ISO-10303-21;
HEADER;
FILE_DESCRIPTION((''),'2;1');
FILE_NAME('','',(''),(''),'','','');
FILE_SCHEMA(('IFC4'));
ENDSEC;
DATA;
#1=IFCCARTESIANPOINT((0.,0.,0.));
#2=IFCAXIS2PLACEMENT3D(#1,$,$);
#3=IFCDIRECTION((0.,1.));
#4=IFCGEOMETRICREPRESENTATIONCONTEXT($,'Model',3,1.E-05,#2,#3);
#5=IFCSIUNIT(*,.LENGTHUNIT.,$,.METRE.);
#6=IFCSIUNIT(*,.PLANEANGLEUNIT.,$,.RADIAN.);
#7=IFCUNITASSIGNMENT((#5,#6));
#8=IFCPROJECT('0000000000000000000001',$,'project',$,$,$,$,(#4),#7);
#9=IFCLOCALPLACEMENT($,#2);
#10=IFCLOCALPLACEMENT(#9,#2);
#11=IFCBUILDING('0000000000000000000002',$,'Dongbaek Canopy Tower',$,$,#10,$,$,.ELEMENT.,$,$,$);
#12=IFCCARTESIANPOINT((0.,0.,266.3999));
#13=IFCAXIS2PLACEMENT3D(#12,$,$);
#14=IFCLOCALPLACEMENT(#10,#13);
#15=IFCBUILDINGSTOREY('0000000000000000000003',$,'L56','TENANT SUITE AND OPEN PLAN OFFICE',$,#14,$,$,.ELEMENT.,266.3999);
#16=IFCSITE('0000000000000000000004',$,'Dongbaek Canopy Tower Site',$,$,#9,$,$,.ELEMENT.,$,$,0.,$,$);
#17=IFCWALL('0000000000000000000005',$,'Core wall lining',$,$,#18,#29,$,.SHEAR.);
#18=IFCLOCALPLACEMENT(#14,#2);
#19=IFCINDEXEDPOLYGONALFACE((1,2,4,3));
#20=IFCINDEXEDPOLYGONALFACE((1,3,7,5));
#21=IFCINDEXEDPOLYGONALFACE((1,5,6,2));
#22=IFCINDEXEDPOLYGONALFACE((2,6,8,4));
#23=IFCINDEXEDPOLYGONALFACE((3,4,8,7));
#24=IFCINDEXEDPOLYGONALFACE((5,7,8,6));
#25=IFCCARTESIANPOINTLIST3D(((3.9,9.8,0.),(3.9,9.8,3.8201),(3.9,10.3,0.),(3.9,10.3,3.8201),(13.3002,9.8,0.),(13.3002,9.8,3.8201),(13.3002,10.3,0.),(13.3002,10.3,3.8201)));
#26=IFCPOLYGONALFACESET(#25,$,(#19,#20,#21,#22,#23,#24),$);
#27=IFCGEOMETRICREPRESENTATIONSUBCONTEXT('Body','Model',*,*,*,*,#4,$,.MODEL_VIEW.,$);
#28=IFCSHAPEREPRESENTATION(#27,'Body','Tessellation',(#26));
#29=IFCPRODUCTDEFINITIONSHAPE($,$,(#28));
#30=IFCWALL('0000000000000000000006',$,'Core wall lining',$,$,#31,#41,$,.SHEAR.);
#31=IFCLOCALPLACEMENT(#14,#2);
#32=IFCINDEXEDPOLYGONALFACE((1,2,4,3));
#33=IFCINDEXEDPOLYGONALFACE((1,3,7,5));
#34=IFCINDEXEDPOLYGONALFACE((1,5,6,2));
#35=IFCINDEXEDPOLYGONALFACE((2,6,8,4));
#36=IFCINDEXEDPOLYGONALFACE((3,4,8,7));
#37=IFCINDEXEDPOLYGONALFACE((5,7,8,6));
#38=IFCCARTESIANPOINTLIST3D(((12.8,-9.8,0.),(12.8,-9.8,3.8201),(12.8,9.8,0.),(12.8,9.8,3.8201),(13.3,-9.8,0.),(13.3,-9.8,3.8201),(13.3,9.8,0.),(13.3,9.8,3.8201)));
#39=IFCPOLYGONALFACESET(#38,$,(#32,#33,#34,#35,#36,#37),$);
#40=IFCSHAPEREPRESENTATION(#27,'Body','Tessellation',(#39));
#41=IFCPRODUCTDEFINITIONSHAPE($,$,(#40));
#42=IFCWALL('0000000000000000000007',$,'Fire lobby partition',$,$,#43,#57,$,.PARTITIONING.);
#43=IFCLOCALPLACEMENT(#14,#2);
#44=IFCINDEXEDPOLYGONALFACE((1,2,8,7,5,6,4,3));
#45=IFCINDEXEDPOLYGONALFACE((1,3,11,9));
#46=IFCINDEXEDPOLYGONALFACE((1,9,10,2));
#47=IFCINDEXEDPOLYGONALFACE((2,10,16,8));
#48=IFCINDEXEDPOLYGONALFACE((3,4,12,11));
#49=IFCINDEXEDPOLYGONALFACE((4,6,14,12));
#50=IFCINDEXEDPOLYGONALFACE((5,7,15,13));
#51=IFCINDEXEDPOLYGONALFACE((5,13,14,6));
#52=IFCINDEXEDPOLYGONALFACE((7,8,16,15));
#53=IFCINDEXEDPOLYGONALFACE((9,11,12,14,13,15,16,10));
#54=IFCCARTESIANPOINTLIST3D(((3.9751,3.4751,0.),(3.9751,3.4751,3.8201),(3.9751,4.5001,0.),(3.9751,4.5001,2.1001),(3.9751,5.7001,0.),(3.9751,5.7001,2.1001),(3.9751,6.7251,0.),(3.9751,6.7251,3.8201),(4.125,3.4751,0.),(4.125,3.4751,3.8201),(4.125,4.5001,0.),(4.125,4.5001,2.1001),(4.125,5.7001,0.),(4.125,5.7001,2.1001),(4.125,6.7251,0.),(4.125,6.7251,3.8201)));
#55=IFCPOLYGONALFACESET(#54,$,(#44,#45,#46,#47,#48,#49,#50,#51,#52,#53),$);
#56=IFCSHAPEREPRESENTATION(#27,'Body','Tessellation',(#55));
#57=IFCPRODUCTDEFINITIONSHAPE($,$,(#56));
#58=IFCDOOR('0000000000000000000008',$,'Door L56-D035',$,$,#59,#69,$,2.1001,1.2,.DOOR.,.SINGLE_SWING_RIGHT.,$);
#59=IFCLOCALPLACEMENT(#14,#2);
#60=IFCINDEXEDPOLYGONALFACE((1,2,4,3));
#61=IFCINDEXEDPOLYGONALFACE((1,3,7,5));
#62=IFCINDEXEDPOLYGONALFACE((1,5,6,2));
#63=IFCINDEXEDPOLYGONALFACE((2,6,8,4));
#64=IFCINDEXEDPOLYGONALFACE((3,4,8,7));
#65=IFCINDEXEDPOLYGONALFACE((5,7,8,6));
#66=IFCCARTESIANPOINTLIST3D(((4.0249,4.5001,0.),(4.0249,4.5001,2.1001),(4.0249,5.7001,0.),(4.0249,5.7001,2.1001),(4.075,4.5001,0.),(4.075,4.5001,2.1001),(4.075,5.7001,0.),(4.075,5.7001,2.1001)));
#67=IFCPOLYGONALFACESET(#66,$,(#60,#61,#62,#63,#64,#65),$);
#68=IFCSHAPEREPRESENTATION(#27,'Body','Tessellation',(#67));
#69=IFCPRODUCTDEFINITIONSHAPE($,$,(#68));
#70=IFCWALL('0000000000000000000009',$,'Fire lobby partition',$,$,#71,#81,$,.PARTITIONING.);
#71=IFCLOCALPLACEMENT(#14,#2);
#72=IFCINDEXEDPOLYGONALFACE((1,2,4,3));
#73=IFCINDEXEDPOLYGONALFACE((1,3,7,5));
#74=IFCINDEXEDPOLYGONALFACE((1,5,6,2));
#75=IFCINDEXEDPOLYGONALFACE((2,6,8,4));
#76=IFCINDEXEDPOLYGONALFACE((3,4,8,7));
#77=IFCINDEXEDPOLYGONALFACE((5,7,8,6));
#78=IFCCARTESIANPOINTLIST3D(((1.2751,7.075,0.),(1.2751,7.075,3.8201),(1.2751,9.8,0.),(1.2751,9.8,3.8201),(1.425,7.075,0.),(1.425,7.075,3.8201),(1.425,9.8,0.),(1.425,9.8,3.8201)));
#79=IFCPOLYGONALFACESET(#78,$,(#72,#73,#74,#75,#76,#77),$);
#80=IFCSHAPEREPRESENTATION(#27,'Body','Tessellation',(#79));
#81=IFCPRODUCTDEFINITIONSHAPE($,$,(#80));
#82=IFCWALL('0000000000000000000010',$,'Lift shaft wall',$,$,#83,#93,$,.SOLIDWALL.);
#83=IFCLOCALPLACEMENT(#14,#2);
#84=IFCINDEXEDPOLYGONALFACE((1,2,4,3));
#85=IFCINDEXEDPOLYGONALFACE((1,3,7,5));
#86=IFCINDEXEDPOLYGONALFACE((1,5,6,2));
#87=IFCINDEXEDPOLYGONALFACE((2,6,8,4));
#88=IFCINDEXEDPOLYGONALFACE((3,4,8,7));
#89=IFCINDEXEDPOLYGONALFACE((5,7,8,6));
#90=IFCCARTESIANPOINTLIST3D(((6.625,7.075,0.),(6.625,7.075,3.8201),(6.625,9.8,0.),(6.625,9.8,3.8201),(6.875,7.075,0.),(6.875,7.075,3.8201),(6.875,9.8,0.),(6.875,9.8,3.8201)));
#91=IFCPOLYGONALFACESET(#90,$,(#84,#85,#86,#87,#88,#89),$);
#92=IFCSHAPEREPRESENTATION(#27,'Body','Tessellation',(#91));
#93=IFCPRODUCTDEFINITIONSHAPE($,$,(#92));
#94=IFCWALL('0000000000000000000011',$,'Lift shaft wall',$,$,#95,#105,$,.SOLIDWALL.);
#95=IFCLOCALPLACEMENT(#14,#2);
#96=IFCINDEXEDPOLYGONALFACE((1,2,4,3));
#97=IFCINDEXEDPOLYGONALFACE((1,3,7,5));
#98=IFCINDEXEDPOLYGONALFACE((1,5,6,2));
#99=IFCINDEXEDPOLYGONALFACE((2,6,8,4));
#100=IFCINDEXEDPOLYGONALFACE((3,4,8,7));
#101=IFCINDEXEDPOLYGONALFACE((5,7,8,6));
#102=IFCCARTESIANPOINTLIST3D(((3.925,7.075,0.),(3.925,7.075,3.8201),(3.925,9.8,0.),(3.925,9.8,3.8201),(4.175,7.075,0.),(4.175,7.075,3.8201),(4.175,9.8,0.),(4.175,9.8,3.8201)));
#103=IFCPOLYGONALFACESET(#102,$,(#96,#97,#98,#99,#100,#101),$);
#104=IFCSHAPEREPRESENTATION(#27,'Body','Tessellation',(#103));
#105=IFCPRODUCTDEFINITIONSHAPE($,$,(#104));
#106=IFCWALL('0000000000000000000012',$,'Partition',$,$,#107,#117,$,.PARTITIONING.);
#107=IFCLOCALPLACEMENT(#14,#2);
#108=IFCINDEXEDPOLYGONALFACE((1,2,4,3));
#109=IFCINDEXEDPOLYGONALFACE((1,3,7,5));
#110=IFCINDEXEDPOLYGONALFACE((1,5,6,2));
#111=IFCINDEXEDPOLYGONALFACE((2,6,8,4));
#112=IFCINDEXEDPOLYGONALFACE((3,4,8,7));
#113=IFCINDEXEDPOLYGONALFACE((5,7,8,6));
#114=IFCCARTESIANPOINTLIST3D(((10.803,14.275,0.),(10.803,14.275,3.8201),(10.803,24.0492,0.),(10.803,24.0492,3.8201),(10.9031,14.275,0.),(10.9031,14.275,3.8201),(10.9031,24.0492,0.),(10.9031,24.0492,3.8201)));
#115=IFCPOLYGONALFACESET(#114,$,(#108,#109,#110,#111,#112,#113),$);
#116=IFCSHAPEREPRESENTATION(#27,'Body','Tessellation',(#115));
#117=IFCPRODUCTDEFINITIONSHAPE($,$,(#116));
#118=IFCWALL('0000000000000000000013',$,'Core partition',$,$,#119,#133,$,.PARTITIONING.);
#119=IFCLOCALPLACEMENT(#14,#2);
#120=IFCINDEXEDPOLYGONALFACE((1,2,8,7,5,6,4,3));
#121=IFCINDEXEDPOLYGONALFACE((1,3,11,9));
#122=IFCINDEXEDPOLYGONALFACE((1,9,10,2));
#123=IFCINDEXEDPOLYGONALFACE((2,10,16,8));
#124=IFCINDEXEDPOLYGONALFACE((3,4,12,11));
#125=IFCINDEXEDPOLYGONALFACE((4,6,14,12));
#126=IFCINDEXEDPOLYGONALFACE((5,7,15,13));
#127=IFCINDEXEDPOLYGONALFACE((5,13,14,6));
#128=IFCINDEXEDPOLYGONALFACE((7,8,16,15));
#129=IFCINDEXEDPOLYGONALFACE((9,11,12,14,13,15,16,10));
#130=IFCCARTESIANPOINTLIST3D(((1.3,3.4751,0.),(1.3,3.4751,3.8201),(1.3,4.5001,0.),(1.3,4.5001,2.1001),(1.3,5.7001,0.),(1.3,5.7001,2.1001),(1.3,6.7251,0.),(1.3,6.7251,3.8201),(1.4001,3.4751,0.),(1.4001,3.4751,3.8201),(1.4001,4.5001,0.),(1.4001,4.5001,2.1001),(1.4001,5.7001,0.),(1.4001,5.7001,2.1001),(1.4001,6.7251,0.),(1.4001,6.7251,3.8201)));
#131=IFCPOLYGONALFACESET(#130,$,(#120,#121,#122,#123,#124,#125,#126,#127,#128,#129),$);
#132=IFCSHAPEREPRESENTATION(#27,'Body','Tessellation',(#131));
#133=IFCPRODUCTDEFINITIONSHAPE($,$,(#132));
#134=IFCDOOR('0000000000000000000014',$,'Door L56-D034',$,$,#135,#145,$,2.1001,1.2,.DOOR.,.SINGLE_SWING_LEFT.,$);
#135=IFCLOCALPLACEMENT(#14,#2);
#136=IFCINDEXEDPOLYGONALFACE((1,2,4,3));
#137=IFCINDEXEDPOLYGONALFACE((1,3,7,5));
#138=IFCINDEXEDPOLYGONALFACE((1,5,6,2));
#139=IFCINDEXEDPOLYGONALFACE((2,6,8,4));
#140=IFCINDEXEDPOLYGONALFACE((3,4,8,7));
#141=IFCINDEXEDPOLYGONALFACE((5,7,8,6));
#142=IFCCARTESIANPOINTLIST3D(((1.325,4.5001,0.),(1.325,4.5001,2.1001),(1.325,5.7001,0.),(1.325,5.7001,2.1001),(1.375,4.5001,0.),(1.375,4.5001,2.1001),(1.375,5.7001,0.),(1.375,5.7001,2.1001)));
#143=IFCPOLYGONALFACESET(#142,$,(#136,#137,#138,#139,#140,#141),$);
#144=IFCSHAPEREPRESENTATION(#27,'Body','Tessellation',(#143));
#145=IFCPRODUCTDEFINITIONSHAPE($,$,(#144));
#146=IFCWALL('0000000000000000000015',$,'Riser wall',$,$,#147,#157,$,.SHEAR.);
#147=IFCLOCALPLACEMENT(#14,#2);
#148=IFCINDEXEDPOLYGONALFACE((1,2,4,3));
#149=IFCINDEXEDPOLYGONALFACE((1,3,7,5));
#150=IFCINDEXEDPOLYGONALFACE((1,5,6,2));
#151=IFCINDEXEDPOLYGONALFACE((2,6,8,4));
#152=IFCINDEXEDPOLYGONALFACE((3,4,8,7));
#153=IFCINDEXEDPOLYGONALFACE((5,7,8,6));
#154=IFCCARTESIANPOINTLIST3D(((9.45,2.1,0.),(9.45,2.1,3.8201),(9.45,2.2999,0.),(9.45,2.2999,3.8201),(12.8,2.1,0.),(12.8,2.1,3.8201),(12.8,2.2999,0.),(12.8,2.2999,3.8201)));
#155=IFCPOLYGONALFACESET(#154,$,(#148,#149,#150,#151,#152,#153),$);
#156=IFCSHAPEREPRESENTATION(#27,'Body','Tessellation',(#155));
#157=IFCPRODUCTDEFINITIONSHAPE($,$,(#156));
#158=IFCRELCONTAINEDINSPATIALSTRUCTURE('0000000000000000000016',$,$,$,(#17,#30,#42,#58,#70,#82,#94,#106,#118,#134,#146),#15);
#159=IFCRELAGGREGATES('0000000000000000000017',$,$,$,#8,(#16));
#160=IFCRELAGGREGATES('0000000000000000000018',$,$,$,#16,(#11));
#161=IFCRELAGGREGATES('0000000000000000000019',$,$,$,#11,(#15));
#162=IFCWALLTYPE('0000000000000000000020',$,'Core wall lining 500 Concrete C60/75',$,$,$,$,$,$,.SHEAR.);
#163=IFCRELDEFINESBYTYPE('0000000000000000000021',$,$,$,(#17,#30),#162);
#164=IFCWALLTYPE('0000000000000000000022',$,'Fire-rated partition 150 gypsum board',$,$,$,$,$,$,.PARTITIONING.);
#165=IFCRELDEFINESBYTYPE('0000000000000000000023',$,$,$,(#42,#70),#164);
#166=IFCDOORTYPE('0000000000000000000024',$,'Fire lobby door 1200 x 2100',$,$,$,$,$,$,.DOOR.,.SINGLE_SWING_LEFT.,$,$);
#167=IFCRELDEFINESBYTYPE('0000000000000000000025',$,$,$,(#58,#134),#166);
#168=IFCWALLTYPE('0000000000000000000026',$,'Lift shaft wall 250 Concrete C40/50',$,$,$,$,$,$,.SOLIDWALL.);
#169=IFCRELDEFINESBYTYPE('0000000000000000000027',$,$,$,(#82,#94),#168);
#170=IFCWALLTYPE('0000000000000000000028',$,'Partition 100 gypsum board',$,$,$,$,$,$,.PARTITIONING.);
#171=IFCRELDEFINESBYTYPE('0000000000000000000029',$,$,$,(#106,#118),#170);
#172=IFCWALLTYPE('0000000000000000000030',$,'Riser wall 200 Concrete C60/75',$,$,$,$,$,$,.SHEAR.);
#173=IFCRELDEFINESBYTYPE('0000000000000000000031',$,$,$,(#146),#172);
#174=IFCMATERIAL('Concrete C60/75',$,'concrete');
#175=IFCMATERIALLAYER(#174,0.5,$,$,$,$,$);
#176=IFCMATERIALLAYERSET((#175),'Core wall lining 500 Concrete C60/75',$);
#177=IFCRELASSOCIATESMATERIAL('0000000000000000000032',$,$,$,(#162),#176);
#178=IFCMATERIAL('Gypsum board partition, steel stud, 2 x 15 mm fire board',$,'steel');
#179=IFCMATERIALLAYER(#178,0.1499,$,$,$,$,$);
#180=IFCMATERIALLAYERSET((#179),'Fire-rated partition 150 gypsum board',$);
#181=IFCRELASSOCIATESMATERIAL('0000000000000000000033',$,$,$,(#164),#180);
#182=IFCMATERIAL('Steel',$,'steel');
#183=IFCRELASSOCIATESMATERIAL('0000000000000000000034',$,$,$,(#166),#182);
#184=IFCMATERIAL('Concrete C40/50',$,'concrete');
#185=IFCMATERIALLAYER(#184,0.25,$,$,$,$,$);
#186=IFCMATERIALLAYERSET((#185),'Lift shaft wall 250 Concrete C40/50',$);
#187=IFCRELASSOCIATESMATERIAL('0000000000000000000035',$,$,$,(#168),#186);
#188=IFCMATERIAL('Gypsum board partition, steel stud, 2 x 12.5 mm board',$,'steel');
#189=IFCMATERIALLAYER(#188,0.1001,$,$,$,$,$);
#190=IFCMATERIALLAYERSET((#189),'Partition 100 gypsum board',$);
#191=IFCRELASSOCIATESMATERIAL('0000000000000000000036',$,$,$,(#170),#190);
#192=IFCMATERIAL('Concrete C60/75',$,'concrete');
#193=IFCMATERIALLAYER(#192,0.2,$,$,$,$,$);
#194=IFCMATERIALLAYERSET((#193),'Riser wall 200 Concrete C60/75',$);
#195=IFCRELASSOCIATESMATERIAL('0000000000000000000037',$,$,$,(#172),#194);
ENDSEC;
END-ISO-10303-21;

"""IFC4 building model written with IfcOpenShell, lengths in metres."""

from ifc_helpers import new_model, si_unit, direction, frame, frame_2d, origin, place, context, subcontext, project, spatial, rectangle, extrude, material, layer, layer_set, type_object, element, fill, save


model = new_model("IFC4")

# Units and contexts
model_context = context("Model", 3, precision=1e-05, world=origin(), true_north=direction((0.0, 1.0)))
body_context = subcontext(model_context, "Body", "Model", "MODEL_VIEW")
ifc_project = project(units=[si_unit("LENGTHUNIT", "METRE"), si_unit("PLANEANGLEUNIT", "RADIAN")], contexts=[model_context])

# Site, building, storey
site_placement = place(None, origin())
site = spatial("IfcSite", under=ifc_project, at=site_placement, Name="Dongbaek Canopy Tower Site", CompositionType="ELEMENT", RefElevation=0.0)
building_placement = place(site_placement, origin())
building = spatial("IfcBuilding", under=site, at=building_placement, Name="Dongbaek Canopy Tower", CompositionType="ELEMENT")
storey_placement = place(building_placement, frame((0.0, 0.0, 266.3999)))
storey = spatial("IfcBuildingStorey", under=building, at=storey_placement, Name="L56", Description="TENANT SUITE AND OPEN PLAN OFFICE", CompositionType="ELEMENT", Elevation=266.3999)

# Walls
ifc_material_1 = material(Name="Concrete C60/75", Category="concrete")
ifc_layer_1 = layer(ifc_material_1, 0.5)
ifc_layer_set_1 = layer_set([ifc_layer_1], Name="Core wall lining 500 Concrete C60/75")
wall_type_1 = type_object("IfcWallType", Name="Core wall lining 500 Concrete C60/75", PredefinedType="SHEAR", material=ifc_layer_set_1)
wall_1_placement = place(storey_placement, frame((3.8999, 10.05, 0.0), z_axis=(0.0, 0.0, 1.0), x_axis=(1.0, 0.0, 0.0)))
element("IfcWall", 1, at=wall_1_placement, inside=storey, type_object=wall_type_1, Name="Core wall lining", PredefinedType="SHEAR", context=body_context, shape_type="SweptSolid", body=[
    extrude(rectangle(XDim=9.4001, YDim=0.5, at=frame_2d((4.7002, 0.0))), origin(), (0.0, 0.0, 1.0), 3.8201),
])
wall_2_placement = place(storey_placement, frame((13.05, 9.8, 0.0), z_axis=(0.0, 0.0, 1.0), x_axis=(0.0, -1.0, 0.0)))
element("IfcWall", 2, at=wall_2_placement, inside=storey, type_object=wall_type_1, Name="Core wall lining", PredefinedType="SHEAR", context=body_context, shape_type="SweptSolid", body=[
    extrude(rectangle(XDim=19.6001, YDim=0.5, at=frame_2d((9.8, 0.0))), origin(), (0.0, 0.0, 1.0), 3.8201),
])

# Wall, opening, door
ifc_material_2 = material(Name="Gypsum board partition, steel stud, 2 x 15 mm fire board", Category="steel")
ifc_layer_2 = layer(ifc_material_2, 0.1499)
ifc_layer_set_2 = layer_set([ifc_layer_2], Name="Fire-rated partition 150 gypsum board")
wall_type_2 = type_object("IfcWallType", Name="Fire-rated partition 150 gypsum board", PredefinedType="PARTITIONING", material=ifc_layer_set_2)
wall_3_placement = place(storey_placement, frame((4.05, 6.7251, 0.0), z_axis=(0.0, 0.0, 1.0), x_axis=(0.0, -1.0, 0.0)))
wall_3 = element("IfcWall", 3, at=wall_3_placement, inside=storey, type_object=wall_type_2, Name="Fire lobby partition", PredefinedType="PARTITIONING", context=body_context, shape_type="SweptSolid", body=[
    extrude(rectangle(XDim=3.25, YDim=0.1499, at=frame_2d((1.625, 0.0))), origin(), (0.0, 0.0, 1.0), 3.8201),
])
opening_1_placement = place(wall_3_placement, frame((1.0249, 0.0, 0.0)))
opening_1 = element("IfcOpeningElement", 4, at=opening_1_placement, cuts=wall_3, PredefinedType="OPENING", context=body_context, shape_type="SweptSolid", body=[
    extrude(rectangle(XDim=1.2, YDim=2.1001, at=frame_2d((0.6001, 1.05))), frame((0.0, 0.085, 0.0), z_axis=(0.0, -1.0, 0.0), x_axis=(1.0, 0.0, 0.0)), (0.0, 0.0, 1.0), 0.1699),
])
ifc_material_3 = material(Name="Steel", Category="steel")
door_type_1 = type_object("IfcDoorType", Name="Fire lobby door 1200 x 2100", OperationType="SINGLE_SWING_LEFT", PredefinedType="DOOR", material=ifc_material_3)
door_1_placement = place(opening_1_placement, origin())
door_1 = element("IfcDoor", 5, at=door_1_placement, inside=storey, type_object=door_type_1, Name="Door L56-D035", OperationType="SINGLE_SWING_RIGHT", OverallHeight=2.1001, OverallWidth=1.2, PredefinedType="DOOR", context=body_context, shape_type="SweptSolid", body=[
    extrude(rectangle(XDim=1.2, YDim=2.1001, at=frame_2d((0.6001, 1.05))), frame((0.0, 0.0249, 0.0), z_axis=(0.0, -1.0, 0.0), x_axis=(1.0, 0.0, 0.0)), (0.0, 0.0, 1.0), 0.05),
])
fill(opening_1, door_1)

# Walls
wall_4_placement = place(storey_placement, frame((1.3501, 7.075, 0.0), z_axis=(0.0, 0.0, 1.0), x_axis=(0.0, 1.0, 0.0)))
element("IfcWall", 6, at=wall_4_placement, inside=storey, type_object=wall_type_2, Name="Fire lobby partition", PredefinedType="PARTITIONING", context=body_context, shape_type="SweptSolid", body=[
    extrude(rectangle(XDim=2.7251, YDim=0.1499, at=frame_2d((1.3625, 0.0))), origin(), (0.0, 0.0, 1.0), 3.8201),
])
ifc_material_4 = material(Name="Concrete C40/50", Category="concrete")
ifc_layer_3 = layer(ifc_material_4, 0.25)
ifc_layer_set_3 = layer_set([ifc_layer_3], Name="Lift shaft wall 250 Concrete C40/50")
wall_type_3 = type_object("IfcWallType", Name="Lift shaft wall 250 Concrete C40/50", PredefinedType="SOLIDWALL", material=ifc_layer_set_3)
for number, where, z_axis, x_axis, name in (
    (7, (6.75, 7.075, 0.0), (0.0, 0.0, 1.0), (0.0, 1.0, 0.0), "Lift shaft wall"),
    (8, (4.05, 7.075, 0.0), (0.0, 0.0, 1.0), (0.0, 1.0, 0.0), "Lift shaft wall"),
):
    element("IfcWall", number, at=place(storey_placement, frame(where, z_axis=z_axis, x_axis=x_axis)), inside=storey, type_object=wall_type_3, Name=name, PredefinedType="SOLIDWALL", context=body_context, shape_type="SweptSolid", body=[
        extrude(rectangle(XDim=2.7251, YDim=0.25, at=frame_2d((1.3625, 0.0))), origin(), (0.0, 0.0, 1.0), 3.8201),
    ])
ifc_material_5 = material(Name="Gypsum board partition, steel stud, 2 x 12.5 mm board", Category="steel")
ifc_layer_4 = layer(ifc_material_5, 0.1001)
ifc_layer_set_4 = layer_set([ifc_layer_4], Name="Partition 100 gypsum board")
wall_type_4 = type_object("IfcWallType", Name="Partition 100 gypsum board", PredefinedType="PARTITIONING", material=ifc_layer_set_4)
wall_5_placement = place(storey_placement, frame((10.853, 14.2749, 0.0), z_axis=(0.0, 0.0, 1.0), x_axis=(0.0, 1.0, 0.0)))
element("IfcWall", 9, at=wall_5_placement, inside=storey, type_object=wall_type_4, Name="Partition", PredefinedType="PARTITIONING", context=body_context, shape_type="SweptSolid", body=[
    extrude(rectangle(XDim=9.7742, YDim=0.1001, at=frame_2d((4.8872, 0.0))), origin(), (0.0, 0.0, 1.0), 3.8201),
])

# Wall, opening, door
wall_6_placement = place(storey_placement, frame((1.3501, 6.7251, 0.0), z_axis=(0.0, 0.0, 1.0), x_axis=(0.0, -1.0, 0.0)))
wall_6 = element("IfcWall", 10, at=wall_6_placement, inside=storey, type_object=wall_type_4, Name="Core partition", PredefinedType="PARTITIONING", context=body_context, shape_type="SweptSolid", body=[
    extrude(rectangle(XDim=3.25, YDim=0.1001, at=frame_2d((1.625, 0.0))), origin(), (0.0, 0.0, 1.0), 3.8201),
])
opening_2_placement = place(wall_6_placement, frame((1.0249, 0.0, 0.0)))
opening_2 = element("IfcOpeningElement", 11, at=opening_2_placement, cuts=wall_6, PredefinedType="OPENING", context=body_context, shape_type="SweptSolid", body=[
    extrude(rectangle(XDim=1.2, YDim=2.1001, at=frame_2d((0.6001, 1.05))), frame((0.0, 0.0601, 0.0), z_axis=(0.0, -1.0, 0.0), x_axis=(1.0, 0.0, 0.0)), (0.0, 0.0, 1.0), 0.1201),
])
door_2_placement = place(opening_2_placement, origin())
door_2 = element("IfcDoor", 12, at=door_2_placement, inside=storey, type_object=door_type_1, Name="Door L56-D034", OperationType="SINGLE_SWING_LEFT", OverallHeight=2.1001, OverallWidth=1.2, PredefinedType="DOOR", context=body_context, shape_type="SweptSolid", body=[
    extrude(rectangle(XDim=1.2, YDim=2.1001, at=frame_2d((0.6001, 1.05))), frame((0.0, 0.0249, 0.0), z_axis=(0.0, -1.0, 0.0), x_axis=(1.0, 0.0, 0.0)), (0.0, 0.0, 1.0), 0.05),
])
fill(opening_2, door_2)

# Wall
ifc_material_6 = material(Name="Concrete C60/75", Category="concrete")
ifc_layer_5 = layer(ifc_material_6, 0.2)
ifc_layer_set_5 = layer_set([ifc_layer_5], Name="Riser wall 200 Concrete C60/75")
wall_type_5 = type_object("IfcWallType", Name="Riser wall 200 Concrete C60/75", PredefinedType="SHEAR", material=ifc_layer_set_5)
wall_7_placement = place(storey_placement, frame((9.45, 2.2, 0.0), z_axis=(0.0, 0.0, 1.0), x_axis=(1.0, 0.0, 0.0)))
element("IfcWall", 13, at=wall_7_placement, inside=storey, type_object=wall_type_5, Name="Riser wall", PredefinedType="SHEAR", context=body_context, shape_type="SweptSolid", body=[
    extrude(rectangle(XDim=3.3501, YDim=0.2, at=frame_2d((1.675, 0.0))), origin(), (0.0, 0.0, 1.0), 3.8201),
])

save(model, "model.ifc")
